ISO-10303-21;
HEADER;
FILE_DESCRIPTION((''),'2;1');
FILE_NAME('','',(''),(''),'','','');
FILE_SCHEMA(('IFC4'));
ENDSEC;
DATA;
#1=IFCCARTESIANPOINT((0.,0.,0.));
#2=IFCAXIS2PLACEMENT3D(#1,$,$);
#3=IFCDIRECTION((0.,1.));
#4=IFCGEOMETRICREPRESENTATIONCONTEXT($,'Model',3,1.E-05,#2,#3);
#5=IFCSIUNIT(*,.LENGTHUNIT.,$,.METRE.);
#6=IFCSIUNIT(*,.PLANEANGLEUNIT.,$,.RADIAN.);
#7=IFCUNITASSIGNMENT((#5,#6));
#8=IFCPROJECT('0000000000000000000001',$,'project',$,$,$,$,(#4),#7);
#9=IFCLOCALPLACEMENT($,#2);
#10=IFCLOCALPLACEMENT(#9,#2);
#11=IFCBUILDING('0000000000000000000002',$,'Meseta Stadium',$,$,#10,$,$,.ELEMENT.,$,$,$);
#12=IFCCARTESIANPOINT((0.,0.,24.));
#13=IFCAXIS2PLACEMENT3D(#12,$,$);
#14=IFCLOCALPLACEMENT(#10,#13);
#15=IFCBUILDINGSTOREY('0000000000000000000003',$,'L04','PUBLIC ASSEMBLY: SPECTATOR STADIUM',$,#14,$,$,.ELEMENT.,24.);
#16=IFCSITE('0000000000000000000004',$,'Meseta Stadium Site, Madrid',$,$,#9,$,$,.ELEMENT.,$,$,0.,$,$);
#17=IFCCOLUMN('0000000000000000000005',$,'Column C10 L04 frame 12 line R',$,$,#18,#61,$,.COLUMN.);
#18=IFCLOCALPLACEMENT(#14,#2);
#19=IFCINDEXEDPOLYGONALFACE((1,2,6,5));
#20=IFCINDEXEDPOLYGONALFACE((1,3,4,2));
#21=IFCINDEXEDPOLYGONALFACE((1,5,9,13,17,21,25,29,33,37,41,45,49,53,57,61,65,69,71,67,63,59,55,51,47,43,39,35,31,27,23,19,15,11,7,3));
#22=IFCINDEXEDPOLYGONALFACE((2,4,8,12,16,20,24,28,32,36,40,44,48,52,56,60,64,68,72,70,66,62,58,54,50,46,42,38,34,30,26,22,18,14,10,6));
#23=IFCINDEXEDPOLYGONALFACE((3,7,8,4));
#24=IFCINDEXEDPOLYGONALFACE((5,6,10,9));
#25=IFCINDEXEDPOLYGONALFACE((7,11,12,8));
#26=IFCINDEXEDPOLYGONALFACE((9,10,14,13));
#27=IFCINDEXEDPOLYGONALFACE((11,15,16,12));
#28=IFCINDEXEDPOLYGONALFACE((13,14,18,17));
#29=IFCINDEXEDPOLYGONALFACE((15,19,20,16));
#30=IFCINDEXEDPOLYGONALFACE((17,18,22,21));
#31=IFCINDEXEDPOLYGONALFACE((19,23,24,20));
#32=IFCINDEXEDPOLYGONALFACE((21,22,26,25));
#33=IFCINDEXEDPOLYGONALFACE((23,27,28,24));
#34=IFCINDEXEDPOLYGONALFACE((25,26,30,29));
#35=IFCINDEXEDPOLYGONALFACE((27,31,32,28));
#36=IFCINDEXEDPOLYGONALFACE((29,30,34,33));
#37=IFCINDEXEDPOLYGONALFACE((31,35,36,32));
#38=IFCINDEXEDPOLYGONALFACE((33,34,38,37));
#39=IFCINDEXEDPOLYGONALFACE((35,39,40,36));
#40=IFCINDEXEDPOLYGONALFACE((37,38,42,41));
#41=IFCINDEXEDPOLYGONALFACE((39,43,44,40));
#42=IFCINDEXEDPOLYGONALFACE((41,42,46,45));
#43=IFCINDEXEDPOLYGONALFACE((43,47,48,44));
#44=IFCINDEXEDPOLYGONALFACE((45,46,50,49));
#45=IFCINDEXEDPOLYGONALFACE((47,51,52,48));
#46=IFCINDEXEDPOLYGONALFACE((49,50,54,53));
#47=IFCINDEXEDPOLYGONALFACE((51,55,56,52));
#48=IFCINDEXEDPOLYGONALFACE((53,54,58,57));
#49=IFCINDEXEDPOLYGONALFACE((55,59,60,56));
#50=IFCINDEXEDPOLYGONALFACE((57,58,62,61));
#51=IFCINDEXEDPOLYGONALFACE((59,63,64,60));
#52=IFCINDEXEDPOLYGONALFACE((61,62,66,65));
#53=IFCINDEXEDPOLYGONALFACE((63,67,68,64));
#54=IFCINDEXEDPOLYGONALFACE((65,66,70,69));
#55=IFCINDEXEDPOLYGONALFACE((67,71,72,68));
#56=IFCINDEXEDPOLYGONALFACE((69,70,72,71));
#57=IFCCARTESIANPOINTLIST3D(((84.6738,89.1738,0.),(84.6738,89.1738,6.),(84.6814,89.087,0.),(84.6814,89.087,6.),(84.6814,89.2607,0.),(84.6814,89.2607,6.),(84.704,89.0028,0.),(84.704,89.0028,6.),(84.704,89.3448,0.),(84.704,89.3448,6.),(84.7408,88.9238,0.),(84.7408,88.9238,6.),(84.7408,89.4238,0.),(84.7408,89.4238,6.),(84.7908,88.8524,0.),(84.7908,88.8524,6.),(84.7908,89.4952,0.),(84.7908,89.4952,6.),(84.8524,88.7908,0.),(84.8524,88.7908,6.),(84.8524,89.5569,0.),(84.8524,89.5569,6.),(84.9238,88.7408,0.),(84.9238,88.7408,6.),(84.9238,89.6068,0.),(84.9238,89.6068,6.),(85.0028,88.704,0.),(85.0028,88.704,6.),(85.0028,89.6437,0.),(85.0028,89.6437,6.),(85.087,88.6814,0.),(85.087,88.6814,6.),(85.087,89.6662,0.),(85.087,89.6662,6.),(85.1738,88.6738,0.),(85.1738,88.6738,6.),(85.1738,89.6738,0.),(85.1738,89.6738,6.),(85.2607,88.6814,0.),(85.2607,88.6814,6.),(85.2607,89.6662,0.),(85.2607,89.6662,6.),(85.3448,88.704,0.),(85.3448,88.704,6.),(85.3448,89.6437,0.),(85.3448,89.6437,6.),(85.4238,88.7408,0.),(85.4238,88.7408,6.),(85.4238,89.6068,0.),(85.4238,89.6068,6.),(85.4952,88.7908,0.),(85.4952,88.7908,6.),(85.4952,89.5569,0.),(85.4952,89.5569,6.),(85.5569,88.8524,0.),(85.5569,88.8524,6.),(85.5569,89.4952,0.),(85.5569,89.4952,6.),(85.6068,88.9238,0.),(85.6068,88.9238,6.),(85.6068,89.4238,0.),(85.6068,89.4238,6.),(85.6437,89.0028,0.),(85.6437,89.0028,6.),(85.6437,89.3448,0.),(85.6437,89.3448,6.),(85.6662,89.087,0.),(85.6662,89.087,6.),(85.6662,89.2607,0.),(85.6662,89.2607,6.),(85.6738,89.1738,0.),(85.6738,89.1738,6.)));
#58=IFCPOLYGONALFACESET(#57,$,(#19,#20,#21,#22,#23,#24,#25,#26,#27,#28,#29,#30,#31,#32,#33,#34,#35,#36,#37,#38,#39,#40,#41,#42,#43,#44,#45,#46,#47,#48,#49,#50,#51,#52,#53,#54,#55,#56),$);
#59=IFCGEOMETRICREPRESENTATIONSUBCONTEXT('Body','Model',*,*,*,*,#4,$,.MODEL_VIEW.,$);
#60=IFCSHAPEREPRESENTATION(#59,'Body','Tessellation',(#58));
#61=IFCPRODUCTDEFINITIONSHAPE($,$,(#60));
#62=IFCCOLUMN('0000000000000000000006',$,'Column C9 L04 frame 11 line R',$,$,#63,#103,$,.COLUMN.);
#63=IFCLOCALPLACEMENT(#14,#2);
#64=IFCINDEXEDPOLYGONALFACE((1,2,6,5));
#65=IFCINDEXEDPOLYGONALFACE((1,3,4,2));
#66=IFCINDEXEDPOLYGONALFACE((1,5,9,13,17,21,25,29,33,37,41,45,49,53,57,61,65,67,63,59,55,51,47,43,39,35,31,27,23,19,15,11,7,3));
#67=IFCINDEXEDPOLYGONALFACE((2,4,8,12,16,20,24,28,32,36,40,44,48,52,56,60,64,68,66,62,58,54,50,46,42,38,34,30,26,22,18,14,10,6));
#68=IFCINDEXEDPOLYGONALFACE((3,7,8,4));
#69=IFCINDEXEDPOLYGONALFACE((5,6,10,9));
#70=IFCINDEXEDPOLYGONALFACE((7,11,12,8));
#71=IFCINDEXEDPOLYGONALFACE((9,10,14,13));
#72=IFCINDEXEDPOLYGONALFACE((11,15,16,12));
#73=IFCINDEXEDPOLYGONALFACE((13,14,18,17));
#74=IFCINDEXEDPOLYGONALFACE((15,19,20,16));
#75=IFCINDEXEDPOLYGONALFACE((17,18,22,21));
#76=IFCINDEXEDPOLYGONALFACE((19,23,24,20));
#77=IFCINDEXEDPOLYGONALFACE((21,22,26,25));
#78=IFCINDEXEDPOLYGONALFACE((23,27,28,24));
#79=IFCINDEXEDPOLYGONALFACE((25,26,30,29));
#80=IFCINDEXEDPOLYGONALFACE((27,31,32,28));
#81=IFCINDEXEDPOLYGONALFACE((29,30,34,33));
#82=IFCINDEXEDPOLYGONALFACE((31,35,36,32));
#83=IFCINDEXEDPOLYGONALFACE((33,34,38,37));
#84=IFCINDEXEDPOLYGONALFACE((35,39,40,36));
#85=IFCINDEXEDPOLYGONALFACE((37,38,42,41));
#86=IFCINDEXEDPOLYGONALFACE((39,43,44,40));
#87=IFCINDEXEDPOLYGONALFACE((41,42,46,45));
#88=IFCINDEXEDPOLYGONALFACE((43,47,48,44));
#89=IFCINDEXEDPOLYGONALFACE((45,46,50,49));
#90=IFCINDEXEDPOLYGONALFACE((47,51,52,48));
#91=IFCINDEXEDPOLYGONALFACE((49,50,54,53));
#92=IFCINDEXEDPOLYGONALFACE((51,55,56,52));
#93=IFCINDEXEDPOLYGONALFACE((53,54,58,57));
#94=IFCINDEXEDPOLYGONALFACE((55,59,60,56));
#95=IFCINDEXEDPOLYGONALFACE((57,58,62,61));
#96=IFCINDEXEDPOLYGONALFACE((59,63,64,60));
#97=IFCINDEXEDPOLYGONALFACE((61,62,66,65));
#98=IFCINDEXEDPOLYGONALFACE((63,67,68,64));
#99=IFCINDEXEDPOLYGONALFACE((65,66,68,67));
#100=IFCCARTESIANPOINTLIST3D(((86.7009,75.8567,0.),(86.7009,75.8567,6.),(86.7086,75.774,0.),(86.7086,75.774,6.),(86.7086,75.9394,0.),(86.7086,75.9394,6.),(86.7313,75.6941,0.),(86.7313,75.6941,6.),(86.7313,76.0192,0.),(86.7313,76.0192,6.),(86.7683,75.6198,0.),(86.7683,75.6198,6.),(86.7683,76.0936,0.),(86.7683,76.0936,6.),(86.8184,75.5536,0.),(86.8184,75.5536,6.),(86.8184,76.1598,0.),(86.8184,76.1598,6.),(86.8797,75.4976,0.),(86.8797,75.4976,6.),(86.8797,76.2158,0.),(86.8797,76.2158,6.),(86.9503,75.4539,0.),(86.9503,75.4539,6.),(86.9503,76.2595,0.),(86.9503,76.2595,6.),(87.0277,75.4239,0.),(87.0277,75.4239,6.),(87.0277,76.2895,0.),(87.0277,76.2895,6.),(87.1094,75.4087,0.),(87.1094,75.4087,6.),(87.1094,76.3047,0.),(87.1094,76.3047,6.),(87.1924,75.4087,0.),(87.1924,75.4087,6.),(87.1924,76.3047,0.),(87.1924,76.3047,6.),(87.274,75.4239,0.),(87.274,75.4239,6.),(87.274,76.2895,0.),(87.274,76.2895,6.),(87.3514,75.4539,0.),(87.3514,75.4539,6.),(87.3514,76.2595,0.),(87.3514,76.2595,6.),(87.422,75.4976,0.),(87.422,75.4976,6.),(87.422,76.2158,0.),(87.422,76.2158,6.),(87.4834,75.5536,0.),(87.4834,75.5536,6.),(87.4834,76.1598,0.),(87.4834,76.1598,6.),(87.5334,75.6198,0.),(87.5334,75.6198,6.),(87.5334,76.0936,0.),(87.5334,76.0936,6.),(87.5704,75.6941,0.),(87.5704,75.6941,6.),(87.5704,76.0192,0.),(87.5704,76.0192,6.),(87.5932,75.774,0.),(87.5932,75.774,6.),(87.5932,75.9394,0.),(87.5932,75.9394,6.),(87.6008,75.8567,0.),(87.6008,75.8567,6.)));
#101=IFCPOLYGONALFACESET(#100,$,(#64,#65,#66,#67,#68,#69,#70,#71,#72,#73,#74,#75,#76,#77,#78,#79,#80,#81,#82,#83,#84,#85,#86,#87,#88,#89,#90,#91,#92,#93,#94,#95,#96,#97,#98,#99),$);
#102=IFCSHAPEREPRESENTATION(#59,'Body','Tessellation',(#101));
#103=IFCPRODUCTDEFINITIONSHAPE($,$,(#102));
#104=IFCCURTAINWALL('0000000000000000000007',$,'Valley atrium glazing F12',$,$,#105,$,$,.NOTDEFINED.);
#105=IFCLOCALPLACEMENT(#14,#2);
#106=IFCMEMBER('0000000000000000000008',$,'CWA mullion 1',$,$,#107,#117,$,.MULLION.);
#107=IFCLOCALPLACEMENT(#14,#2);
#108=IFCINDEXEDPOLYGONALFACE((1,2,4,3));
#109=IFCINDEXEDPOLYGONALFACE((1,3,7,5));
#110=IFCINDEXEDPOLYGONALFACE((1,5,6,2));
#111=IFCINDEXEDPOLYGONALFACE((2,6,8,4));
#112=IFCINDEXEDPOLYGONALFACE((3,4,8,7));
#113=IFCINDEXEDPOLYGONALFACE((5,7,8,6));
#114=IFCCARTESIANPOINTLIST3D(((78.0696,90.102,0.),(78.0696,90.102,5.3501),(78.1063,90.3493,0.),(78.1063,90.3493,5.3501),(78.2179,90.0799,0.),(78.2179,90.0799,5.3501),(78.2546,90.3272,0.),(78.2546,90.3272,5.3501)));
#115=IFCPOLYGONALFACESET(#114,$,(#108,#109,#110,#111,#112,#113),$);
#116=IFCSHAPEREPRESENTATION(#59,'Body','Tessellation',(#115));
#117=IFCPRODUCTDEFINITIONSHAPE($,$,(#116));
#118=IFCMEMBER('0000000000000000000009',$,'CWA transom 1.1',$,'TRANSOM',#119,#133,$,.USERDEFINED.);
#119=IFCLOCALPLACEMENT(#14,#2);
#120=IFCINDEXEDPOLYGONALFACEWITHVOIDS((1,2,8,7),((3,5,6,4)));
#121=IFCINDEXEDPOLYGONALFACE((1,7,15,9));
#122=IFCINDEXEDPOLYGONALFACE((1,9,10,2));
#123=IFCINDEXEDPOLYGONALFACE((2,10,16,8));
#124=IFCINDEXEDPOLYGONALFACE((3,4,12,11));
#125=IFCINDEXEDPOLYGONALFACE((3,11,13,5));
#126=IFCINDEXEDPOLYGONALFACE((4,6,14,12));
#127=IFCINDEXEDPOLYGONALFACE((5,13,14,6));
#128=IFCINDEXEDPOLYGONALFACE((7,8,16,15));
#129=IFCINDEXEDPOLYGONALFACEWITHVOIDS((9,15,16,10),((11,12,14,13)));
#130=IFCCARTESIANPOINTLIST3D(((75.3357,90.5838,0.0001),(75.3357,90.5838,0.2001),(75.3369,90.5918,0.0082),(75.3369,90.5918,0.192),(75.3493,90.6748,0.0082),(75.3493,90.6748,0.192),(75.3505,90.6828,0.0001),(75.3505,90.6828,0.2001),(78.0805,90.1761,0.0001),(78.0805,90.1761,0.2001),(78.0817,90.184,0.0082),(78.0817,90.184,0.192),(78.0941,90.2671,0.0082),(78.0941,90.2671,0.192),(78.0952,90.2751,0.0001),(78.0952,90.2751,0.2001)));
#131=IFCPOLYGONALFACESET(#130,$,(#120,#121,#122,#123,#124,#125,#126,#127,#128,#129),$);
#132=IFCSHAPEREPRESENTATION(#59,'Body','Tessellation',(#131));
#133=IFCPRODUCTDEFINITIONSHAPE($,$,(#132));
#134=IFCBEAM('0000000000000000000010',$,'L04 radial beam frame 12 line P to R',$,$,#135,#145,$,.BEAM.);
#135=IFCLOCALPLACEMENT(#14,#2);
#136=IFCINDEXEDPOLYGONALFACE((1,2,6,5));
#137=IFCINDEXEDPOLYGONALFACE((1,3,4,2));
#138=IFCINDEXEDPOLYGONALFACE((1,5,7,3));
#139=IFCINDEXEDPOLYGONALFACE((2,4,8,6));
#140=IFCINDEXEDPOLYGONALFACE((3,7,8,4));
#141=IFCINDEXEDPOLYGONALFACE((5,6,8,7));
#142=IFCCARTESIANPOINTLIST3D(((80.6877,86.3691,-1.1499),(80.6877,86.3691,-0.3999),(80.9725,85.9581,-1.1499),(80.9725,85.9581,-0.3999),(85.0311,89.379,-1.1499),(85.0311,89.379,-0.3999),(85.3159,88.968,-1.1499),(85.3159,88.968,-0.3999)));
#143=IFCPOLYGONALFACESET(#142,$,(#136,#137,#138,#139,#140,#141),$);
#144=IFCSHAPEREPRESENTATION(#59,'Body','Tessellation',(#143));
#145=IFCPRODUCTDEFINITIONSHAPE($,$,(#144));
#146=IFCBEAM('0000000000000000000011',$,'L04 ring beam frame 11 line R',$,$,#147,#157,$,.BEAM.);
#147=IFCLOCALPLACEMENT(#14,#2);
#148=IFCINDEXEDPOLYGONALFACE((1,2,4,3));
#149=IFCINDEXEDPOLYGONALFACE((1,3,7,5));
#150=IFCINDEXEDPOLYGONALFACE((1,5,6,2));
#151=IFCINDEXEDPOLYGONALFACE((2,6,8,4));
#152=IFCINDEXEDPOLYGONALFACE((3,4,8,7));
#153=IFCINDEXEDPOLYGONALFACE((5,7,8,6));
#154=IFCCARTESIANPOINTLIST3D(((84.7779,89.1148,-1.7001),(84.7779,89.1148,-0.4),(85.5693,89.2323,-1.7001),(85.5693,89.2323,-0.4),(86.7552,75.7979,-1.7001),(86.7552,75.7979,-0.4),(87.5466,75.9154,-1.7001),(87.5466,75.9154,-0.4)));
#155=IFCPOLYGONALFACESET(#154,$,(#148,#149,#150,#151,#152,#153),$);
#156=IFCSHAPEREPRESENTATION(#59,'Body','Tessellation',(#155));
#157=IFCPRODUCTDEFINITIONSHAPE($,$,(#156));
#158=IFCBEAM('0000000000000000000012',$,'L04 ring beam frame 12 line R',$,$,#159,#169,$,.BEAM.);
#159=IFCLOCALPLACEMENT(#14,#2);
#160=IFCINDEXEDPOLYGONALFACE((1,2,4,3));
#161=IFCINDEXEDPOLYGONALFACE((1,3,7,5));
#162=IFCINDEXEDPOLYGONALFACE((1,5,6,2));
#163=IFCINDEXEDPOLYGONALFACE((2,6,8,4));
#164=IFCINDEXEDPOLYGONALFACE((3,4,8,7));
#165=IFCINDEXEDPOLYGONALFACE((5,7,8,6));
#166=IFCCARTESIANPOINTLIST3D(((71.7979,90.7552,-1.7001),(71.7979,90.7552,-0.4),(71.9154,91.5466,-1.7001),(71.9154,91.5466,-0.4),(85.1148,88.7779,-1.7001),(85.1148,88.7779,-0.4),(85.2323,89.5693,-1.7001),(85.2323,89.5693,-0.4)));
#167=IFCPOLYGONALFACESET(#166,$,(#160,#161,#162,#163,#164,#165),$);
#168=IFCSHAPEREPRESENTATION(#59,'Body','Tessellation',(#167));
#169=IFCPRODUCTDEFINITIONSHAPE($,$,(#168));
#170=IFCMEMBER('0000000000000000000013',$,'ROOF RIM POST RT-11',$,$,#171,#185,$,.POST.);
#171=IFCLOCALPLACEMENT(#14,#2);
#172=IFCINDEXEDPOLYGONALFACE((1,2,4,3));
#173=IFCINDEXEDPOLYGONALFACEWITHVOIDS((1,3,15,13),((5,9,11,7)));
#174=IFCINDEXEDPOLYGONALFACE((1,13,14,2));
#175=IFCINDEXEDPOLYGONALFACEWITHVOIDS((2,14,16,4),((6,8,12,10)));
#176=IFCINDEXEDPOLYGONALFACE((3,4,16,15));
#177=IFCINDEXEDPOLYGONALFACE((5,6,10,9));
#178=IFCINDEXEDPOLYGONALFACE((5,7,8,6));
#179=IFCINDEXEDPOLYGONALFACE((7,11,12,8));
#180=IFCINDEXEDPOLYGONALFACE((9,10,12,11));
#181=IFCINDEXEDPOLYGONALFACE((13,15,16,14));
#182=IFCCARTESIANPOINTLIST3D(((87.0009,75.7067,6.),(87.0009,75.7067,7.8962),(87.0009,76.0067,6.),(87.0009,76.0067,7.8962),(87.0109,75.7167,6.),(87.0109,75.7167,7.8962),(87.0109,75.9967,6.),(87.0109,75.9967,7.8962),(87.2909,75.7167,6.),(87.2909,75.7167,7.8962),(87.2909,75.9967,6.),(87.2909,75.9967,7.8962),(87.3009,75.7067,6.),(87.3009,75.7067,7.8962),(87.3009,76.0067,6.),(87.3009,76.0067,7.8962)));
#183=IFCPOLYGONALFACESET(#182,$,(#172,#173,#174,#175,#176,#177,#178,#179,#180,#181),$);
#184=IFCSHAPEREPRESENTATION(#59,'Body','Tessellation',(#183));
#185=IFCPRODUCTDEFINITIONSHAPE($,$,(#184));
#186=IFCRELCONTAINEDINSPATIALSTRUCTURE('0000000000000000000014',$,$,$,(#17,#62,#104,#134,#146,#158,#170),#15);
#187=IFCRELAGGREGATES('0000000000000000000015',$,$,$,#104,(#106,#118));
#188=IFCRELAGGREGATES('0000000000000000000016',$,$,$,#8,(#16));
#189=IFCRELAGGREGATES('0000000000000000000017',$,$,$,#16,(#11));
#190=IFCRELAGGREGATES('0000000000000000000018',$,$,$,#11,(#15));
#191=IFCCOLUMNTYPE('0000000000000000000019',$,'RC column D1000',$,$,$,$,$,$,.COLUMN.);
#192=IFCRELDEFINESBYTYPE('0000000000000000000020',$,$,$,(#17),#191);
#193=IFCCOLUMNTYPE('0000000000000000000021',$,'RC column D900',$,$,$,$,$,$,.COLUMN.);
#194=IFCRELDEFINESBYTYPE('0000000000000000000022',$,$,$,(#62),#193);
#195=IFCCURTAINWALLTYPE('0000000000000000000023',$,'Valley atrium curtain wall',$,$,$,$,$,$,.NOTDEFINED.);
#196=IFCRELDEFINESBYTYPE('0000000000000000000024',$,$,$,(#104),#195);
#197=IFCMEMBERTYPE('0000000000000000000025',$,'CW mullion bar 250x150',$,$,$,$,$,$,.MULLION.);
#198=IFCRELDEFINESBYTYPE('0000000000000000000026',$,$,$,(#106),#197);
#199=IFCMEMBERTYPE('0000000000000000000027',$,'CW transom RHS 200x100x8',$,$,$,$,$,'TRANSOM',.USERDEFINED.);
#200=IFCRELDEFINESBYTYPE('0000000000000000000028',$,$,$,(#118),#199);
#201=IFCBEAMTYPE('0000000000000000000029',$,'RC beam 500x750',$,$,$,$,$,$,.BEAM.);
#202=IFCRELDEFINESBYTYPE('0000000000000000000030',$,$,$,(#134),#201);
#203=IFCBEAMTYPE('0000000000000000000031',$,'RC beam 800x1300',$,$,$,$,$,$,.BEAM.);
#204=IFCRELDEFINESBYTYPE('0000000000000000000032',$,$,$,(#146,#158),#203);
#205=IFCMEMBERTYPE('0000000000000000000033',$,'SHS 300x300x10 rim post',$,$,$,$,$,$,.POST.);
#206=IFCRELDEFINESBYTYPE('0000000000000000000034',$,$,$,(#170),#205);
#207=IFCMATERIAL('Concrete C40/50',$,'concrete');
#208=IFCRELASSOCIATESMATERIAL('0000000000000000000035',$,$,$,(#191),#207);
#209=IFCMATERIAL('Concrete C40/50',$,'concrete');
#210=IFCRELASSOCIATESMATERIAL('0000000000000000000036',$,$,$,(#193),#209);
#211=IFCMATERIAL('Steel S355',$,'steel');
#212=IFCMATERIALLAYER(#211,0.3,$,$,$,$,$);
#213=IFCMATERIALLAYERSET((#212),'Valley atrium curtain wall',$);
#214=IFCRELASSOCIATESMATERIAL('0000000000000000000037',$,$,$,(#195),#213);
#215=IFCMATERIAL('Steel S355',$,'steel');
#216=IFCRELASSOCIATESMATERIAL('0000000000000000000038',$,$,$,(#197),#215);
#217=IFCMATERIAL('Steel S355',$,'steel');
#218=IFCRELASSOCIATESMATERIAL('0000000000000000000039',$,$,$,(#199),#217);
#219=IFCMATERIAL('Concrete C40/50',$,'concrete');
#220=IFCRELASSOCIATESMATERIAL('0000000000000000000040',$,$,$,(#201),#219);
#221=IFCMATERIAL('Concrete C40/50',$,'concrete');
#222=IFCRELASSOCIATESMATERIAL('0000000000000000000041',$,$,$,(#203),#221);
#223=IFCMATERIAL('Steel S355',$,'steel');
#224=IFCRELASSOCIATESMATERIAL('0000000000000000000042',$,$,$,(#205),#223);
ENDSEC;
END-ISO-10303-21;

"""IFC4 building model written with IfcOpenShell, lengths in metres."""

from ifc_helpers import new_model, si_unit, direction, frame, origin, origin_2d, place, context, subcontext, project, spatial, rectangle, hollow_rectangle, circle, extrude, material, layer, layer_set, material_profile, profile_set, type_object, element, aggregate, save


model = new_model("IFC4")

# Units and contexts
model_context = context("Model", 3, precision=1e-05, world=origin(), true_north=direction((0.0, 1.0)))
body_context = subcontext(model_context, "Body", "Model", "MODEL_VIEW")
ifc_project = project(units=[si_unit("LENGTHUNIT", "METRE"), si_unit("PLANEANGLEUNIT", "RADIAN")], contexts=[model_context])

# Site, building, storey
site_placement = place(None, origin())
site = spatial("IfcSite", under=ifc_project, at=site_placement, Name="Meseta Stadium Site, Madrid", CompositionType="ELEMENT", RefElevation=0.0)
building_placement = place(site_placement, origin())
building = spatial("IfcBuilding", under=site, at=building_placement, Name="Meseta Stadium", CompositionType="ELEMENT")
storey_placement = place(building_placement, frame((0.0, 0.0, 24.0)))
storey = spatial("IfcBuildingStorey", under=building, at=storey_placement, Name="L04", Description="PUBLIC ASSEMBLY: SPECTATOR STADIUM", CompositionType="ELEMENT", Elevation=24.0)

# Columns
ifc_material_1 = material(Name="Concrete C40/50", Category="concrete")
ifc_material_profile_1 = material_profile(ifc_material_1, circle(Radius=0.5, at=origin_2d()), Name="RC D1000")
ifc_profile_set_1 = profile_set([ifc_material_profile_1], Name="Concrete C40/50")
column_type_1 = type_object("IfcColumnType", Name="RC column D1000", PredefinedType="COLUMN", material=ifc_profile_set_1)
column_1_placement = place(storey_placement, frame((85.1738, 89.1738, 0.0), z_axis=(0.0, 0.0, 1.0), x_axis=(1.0, 0.0, 0.0)))
element("IfcColumn", 1, at=column_1_placement, inside=storey, type_object=column_type_1, Name="Column C10 L04 frame 12 line R", PredefinedType="COLUMN", context=body_context, shape_type="SweptSolid", body=[
    extrude(circle(Radius=0.5, at=origin_2d()), origin(), (0.0, 0.0, 1.0), 6.0),
])
ifc_material_2 = material(Name="Concrete C40/50", Category="concrete")
ifc_material_profile_2 = material_profile(ifc_material_2, circle(Radius=0.45, at=origin_2d()), Name="RC D900")
ifc_profile_set_2 = profile_set([ifc_material_profile_2], Name="Concrete C40/50")
column_type_2 = type_object("IfcColumnType", Name="RC column D900", PredefinedType="COLUMN", material=ifc_profile_set_2)
column_2_placement = place(storey_placement, frame((87.1509, 75.8567, 0.0), z_axis=(0.0, 0.0, 1.0), x_axis=(1.0, 0.0, 0.0)))
element("IfcColumn", 2, at=column_2_placement, inside=storey, type_object=column_type_2, Name="Column C9 L04 frame 11 line R", PredefinedType="COLUMN", context=body_context, shape_type="SweptSolid", body=[
    extrude(circle(Radius=0.45, at=origin_2d()), origin(), (0.0, 0.0, 1.0), 6.0),
])

# Curtain wall, members
ifc_material_3 = material(Name="Steel S355", Category="steel")
ifc_layer_1 = layer(ifc_material_3, 0.3)
ifc_layer_set_1 = layer_set([ifc_layer_1], Name="Valley atrium curtain wall")
curtain_wall_type = type_object("IfcCurtainWallType", Name="Valley atrium curtain wall", PredefinedType="NOTDEFINED", material=ifc_layer_set_1)
curtain_wall_placement = place(storey_placement, origin())
curtain_wall = element("IfcCurtainWall", 3, at=curtain_wall_placement, inside=storey, type_object=curtain_wall_type, Name="Valley atrium glazing F12", PredefinedType="NOTDEFINED")
ifc_material_4 = material(Name="Steel S355", Category="steel")
ifc_material_profile_3 = material_profile(ifc_material_4, rectangle(XDim=0.25, YDim=0.1499, at=origin_2d()), Name="CW 250x150")
ifc_profile_set_3 = profile_set([ifc_material_profile_3], Name="Steel S355")
member_type_1 = type_object("IfcMemberType", Name="CW mullion bar 250x150", PredefinedType="MULLION", material=ifc_profile_set_3)
member_1_placement = place(storey_placement, frame((78.1621, 90.2146, 0.0), z_axis=(0.0, 0.0, 1.0), x_axis=(-0.146854, -0.989158, 0.0)))
member_1 = element("IfcMember", 4, at=member_1_placement, type_object=member_type_1, Name="CWA mullion 1", PredefinedType="MULLION", context=body_context, shape_type="SweptSolid", body=[
    extrude(rectangle(XDim=0.25, YDim=0.1499, at=origin_2d()), origin(), (0.0, 0.0, 1.0), 5.3501),
])
ifc_material_5 = material(Name="Steel S355", Category="steel")
ifc_material_profile_4 = material_profile(ifc_material_5, hollow_rectangle(XDim=0.1001, YDim=0.2, WallThickness=0.0081, at=origin_2d()), Name="RHS 200x100x8")
ifc_profile_set_4 = profile_set([ifc_material_profile_4], Name="Steel S355")
member_type_2 = type_object("IfcMemberType", Name="CW transom RHS 200x100x8", ElementType="TRANSOM", PredefinedType="USERDEFINED", material=ifc_profile_set_4)
member_2_placement = place(storey_placement, frame((78.0879, 90.2256, 0.1001), z_axis=(-0.989148, 0.146925, 0.0), x_axis=(-0.146925, -0.989148, 0.0)))
member_2 = element("IfcMember", 5, at=member_2_placement, type_object=member_type_2, Name="CWA transom 1.1", ObjectType="TRANSOM", PredefinedType="USERDEFINED", context=body_context, shape_type="SweptSolid", body=[
    extrude(hollow_rectangle(XDim=0.1001, YDim=0.2, WallThickness=0.0081, at=origin_2d()), origin(), (0.0, 0.0, 1.0), 2.7749),
])
aggregate(curtain_wall, [member_1, member_2])

# Beams
ifc_material_6 = material(Name="Concrete C40/50", Category="concrete")
ifc_material_profile_5 = material_profile(ifc_material_6, rectangle(XDim=0.5, YDim=0.75, at=origin_2d()), Name="RC 500x750")
ifc_profile_set_5 = profile_set([ifc_material_profile_5], Name="Concrete C40/50")
beam_type_1 = type_object("IfcBeamType", Name="RC beam 500x750", PredefinedType="BEAM", material=ifc_profile_set_5)
beam_placement = place(storey_placement, frame((80.8301, 86.1636, -0.7749), z_axis=(0.821929, 0.569589, 0.0), x_axis=(-0.569589, 0.821929, 0.0)))
element("IfcBeam", 6, at=beam_placement, inside=storey, type_object=beam_type_1, Name="L04 radial beam frame 12 line P to R", PredefinedType="BEAM", context=body_context, shape_type="SweptSolid", body=[
    extrude(rectangle(XDim=0.5, YDim=0.75, at=origin_2d()), origin(), (0.0, 0.0, 1.0), 5.2844),
])
ifc_material_7 = material(Name="Concrete C40/50", Category="concrete")
ifc_material_profile_6 = material_profile(ifc_material_7, rectangle(XDim=0.8, YDim=1.3, at=origin_2d()), Name="RC 800x1300")
ifc_profile_set_6 = profile_set([ifc_material_profile_6], Name="Concrete C40/50")
beam_type_2 = type_object("IfcBeamType", Name="RC beam 800x1300", PredefinedType="BEAM", material=ifc_profile_set_6)
for number, where, z_axis, x_axis, name in (
    (7, (87.1509, 75.8567, -1.05), (-0.14687, 0.989156, 0.0), (-0.989156, -0.14687, 0.0), "L04 ring beam frame 11 line R"),
    (8, (85.1736, 89.1736, -1.05), (-0.989156, 0.14687, 0.0), (-0.14687, -0.989156, 0.0), "L04 ring beam frame 12 line R"),
):
    element("IfcBeam", number, at=place(storey_placement, frame(where, z_axis=z_axis, x_axis=x_axis)), inside=storey, type_object=beam_type_2, Name=name, PredefinedType="BEAM", context=body_context, shape_type="SweptSolid", body=[
        extrude(rectangle(XDim=0.8, YDim=1.3, at=origin_2d()), origin(), (0.0, 0.0, 1.0), 13.4629),
    ])

# Member
ifc_material_8 = material(Name="Steel S355", Category="steel")
ifc_material_profile_7 = material_profile(ifc_material_8, hollow_rectangle(XDim=0.3, YDim=0.3, WallThickness=0.01, at=origin_2d()), Name="SHS 300x300x10")
ifc_profile_set_7 = profile_set([ifc_material_profile_7], Name="Steel S355")
member_type_3 = type_object("IfcMemberType", Name="SHS 300x300x10 rim post", PredefinedType="POST", material=ifc_profile_set_7)
member_3_placement = place(storey_placement, frame((87.1509, 75.8567, 6.0), z_axis=(0.0, 0.0, 1.0), x_axis=(1.0, 0.0, 0.0)))
element("IfcMember", 9, at=member_3_placement, inside=storey, type_object=member_type_3, Name="ROOF RIM POST RT-11", PredefinedType="POST", context=body_context, shape_type="SweptSolid", body=[
    extrude(hollow_rectangle(XDim=0.3, YDim=0.3, WallThickness=0.01, at=origin_2d()), origin(), (0.0, 0.0, 1.0), 1.8962),
])

save(model, "model.ifc")
